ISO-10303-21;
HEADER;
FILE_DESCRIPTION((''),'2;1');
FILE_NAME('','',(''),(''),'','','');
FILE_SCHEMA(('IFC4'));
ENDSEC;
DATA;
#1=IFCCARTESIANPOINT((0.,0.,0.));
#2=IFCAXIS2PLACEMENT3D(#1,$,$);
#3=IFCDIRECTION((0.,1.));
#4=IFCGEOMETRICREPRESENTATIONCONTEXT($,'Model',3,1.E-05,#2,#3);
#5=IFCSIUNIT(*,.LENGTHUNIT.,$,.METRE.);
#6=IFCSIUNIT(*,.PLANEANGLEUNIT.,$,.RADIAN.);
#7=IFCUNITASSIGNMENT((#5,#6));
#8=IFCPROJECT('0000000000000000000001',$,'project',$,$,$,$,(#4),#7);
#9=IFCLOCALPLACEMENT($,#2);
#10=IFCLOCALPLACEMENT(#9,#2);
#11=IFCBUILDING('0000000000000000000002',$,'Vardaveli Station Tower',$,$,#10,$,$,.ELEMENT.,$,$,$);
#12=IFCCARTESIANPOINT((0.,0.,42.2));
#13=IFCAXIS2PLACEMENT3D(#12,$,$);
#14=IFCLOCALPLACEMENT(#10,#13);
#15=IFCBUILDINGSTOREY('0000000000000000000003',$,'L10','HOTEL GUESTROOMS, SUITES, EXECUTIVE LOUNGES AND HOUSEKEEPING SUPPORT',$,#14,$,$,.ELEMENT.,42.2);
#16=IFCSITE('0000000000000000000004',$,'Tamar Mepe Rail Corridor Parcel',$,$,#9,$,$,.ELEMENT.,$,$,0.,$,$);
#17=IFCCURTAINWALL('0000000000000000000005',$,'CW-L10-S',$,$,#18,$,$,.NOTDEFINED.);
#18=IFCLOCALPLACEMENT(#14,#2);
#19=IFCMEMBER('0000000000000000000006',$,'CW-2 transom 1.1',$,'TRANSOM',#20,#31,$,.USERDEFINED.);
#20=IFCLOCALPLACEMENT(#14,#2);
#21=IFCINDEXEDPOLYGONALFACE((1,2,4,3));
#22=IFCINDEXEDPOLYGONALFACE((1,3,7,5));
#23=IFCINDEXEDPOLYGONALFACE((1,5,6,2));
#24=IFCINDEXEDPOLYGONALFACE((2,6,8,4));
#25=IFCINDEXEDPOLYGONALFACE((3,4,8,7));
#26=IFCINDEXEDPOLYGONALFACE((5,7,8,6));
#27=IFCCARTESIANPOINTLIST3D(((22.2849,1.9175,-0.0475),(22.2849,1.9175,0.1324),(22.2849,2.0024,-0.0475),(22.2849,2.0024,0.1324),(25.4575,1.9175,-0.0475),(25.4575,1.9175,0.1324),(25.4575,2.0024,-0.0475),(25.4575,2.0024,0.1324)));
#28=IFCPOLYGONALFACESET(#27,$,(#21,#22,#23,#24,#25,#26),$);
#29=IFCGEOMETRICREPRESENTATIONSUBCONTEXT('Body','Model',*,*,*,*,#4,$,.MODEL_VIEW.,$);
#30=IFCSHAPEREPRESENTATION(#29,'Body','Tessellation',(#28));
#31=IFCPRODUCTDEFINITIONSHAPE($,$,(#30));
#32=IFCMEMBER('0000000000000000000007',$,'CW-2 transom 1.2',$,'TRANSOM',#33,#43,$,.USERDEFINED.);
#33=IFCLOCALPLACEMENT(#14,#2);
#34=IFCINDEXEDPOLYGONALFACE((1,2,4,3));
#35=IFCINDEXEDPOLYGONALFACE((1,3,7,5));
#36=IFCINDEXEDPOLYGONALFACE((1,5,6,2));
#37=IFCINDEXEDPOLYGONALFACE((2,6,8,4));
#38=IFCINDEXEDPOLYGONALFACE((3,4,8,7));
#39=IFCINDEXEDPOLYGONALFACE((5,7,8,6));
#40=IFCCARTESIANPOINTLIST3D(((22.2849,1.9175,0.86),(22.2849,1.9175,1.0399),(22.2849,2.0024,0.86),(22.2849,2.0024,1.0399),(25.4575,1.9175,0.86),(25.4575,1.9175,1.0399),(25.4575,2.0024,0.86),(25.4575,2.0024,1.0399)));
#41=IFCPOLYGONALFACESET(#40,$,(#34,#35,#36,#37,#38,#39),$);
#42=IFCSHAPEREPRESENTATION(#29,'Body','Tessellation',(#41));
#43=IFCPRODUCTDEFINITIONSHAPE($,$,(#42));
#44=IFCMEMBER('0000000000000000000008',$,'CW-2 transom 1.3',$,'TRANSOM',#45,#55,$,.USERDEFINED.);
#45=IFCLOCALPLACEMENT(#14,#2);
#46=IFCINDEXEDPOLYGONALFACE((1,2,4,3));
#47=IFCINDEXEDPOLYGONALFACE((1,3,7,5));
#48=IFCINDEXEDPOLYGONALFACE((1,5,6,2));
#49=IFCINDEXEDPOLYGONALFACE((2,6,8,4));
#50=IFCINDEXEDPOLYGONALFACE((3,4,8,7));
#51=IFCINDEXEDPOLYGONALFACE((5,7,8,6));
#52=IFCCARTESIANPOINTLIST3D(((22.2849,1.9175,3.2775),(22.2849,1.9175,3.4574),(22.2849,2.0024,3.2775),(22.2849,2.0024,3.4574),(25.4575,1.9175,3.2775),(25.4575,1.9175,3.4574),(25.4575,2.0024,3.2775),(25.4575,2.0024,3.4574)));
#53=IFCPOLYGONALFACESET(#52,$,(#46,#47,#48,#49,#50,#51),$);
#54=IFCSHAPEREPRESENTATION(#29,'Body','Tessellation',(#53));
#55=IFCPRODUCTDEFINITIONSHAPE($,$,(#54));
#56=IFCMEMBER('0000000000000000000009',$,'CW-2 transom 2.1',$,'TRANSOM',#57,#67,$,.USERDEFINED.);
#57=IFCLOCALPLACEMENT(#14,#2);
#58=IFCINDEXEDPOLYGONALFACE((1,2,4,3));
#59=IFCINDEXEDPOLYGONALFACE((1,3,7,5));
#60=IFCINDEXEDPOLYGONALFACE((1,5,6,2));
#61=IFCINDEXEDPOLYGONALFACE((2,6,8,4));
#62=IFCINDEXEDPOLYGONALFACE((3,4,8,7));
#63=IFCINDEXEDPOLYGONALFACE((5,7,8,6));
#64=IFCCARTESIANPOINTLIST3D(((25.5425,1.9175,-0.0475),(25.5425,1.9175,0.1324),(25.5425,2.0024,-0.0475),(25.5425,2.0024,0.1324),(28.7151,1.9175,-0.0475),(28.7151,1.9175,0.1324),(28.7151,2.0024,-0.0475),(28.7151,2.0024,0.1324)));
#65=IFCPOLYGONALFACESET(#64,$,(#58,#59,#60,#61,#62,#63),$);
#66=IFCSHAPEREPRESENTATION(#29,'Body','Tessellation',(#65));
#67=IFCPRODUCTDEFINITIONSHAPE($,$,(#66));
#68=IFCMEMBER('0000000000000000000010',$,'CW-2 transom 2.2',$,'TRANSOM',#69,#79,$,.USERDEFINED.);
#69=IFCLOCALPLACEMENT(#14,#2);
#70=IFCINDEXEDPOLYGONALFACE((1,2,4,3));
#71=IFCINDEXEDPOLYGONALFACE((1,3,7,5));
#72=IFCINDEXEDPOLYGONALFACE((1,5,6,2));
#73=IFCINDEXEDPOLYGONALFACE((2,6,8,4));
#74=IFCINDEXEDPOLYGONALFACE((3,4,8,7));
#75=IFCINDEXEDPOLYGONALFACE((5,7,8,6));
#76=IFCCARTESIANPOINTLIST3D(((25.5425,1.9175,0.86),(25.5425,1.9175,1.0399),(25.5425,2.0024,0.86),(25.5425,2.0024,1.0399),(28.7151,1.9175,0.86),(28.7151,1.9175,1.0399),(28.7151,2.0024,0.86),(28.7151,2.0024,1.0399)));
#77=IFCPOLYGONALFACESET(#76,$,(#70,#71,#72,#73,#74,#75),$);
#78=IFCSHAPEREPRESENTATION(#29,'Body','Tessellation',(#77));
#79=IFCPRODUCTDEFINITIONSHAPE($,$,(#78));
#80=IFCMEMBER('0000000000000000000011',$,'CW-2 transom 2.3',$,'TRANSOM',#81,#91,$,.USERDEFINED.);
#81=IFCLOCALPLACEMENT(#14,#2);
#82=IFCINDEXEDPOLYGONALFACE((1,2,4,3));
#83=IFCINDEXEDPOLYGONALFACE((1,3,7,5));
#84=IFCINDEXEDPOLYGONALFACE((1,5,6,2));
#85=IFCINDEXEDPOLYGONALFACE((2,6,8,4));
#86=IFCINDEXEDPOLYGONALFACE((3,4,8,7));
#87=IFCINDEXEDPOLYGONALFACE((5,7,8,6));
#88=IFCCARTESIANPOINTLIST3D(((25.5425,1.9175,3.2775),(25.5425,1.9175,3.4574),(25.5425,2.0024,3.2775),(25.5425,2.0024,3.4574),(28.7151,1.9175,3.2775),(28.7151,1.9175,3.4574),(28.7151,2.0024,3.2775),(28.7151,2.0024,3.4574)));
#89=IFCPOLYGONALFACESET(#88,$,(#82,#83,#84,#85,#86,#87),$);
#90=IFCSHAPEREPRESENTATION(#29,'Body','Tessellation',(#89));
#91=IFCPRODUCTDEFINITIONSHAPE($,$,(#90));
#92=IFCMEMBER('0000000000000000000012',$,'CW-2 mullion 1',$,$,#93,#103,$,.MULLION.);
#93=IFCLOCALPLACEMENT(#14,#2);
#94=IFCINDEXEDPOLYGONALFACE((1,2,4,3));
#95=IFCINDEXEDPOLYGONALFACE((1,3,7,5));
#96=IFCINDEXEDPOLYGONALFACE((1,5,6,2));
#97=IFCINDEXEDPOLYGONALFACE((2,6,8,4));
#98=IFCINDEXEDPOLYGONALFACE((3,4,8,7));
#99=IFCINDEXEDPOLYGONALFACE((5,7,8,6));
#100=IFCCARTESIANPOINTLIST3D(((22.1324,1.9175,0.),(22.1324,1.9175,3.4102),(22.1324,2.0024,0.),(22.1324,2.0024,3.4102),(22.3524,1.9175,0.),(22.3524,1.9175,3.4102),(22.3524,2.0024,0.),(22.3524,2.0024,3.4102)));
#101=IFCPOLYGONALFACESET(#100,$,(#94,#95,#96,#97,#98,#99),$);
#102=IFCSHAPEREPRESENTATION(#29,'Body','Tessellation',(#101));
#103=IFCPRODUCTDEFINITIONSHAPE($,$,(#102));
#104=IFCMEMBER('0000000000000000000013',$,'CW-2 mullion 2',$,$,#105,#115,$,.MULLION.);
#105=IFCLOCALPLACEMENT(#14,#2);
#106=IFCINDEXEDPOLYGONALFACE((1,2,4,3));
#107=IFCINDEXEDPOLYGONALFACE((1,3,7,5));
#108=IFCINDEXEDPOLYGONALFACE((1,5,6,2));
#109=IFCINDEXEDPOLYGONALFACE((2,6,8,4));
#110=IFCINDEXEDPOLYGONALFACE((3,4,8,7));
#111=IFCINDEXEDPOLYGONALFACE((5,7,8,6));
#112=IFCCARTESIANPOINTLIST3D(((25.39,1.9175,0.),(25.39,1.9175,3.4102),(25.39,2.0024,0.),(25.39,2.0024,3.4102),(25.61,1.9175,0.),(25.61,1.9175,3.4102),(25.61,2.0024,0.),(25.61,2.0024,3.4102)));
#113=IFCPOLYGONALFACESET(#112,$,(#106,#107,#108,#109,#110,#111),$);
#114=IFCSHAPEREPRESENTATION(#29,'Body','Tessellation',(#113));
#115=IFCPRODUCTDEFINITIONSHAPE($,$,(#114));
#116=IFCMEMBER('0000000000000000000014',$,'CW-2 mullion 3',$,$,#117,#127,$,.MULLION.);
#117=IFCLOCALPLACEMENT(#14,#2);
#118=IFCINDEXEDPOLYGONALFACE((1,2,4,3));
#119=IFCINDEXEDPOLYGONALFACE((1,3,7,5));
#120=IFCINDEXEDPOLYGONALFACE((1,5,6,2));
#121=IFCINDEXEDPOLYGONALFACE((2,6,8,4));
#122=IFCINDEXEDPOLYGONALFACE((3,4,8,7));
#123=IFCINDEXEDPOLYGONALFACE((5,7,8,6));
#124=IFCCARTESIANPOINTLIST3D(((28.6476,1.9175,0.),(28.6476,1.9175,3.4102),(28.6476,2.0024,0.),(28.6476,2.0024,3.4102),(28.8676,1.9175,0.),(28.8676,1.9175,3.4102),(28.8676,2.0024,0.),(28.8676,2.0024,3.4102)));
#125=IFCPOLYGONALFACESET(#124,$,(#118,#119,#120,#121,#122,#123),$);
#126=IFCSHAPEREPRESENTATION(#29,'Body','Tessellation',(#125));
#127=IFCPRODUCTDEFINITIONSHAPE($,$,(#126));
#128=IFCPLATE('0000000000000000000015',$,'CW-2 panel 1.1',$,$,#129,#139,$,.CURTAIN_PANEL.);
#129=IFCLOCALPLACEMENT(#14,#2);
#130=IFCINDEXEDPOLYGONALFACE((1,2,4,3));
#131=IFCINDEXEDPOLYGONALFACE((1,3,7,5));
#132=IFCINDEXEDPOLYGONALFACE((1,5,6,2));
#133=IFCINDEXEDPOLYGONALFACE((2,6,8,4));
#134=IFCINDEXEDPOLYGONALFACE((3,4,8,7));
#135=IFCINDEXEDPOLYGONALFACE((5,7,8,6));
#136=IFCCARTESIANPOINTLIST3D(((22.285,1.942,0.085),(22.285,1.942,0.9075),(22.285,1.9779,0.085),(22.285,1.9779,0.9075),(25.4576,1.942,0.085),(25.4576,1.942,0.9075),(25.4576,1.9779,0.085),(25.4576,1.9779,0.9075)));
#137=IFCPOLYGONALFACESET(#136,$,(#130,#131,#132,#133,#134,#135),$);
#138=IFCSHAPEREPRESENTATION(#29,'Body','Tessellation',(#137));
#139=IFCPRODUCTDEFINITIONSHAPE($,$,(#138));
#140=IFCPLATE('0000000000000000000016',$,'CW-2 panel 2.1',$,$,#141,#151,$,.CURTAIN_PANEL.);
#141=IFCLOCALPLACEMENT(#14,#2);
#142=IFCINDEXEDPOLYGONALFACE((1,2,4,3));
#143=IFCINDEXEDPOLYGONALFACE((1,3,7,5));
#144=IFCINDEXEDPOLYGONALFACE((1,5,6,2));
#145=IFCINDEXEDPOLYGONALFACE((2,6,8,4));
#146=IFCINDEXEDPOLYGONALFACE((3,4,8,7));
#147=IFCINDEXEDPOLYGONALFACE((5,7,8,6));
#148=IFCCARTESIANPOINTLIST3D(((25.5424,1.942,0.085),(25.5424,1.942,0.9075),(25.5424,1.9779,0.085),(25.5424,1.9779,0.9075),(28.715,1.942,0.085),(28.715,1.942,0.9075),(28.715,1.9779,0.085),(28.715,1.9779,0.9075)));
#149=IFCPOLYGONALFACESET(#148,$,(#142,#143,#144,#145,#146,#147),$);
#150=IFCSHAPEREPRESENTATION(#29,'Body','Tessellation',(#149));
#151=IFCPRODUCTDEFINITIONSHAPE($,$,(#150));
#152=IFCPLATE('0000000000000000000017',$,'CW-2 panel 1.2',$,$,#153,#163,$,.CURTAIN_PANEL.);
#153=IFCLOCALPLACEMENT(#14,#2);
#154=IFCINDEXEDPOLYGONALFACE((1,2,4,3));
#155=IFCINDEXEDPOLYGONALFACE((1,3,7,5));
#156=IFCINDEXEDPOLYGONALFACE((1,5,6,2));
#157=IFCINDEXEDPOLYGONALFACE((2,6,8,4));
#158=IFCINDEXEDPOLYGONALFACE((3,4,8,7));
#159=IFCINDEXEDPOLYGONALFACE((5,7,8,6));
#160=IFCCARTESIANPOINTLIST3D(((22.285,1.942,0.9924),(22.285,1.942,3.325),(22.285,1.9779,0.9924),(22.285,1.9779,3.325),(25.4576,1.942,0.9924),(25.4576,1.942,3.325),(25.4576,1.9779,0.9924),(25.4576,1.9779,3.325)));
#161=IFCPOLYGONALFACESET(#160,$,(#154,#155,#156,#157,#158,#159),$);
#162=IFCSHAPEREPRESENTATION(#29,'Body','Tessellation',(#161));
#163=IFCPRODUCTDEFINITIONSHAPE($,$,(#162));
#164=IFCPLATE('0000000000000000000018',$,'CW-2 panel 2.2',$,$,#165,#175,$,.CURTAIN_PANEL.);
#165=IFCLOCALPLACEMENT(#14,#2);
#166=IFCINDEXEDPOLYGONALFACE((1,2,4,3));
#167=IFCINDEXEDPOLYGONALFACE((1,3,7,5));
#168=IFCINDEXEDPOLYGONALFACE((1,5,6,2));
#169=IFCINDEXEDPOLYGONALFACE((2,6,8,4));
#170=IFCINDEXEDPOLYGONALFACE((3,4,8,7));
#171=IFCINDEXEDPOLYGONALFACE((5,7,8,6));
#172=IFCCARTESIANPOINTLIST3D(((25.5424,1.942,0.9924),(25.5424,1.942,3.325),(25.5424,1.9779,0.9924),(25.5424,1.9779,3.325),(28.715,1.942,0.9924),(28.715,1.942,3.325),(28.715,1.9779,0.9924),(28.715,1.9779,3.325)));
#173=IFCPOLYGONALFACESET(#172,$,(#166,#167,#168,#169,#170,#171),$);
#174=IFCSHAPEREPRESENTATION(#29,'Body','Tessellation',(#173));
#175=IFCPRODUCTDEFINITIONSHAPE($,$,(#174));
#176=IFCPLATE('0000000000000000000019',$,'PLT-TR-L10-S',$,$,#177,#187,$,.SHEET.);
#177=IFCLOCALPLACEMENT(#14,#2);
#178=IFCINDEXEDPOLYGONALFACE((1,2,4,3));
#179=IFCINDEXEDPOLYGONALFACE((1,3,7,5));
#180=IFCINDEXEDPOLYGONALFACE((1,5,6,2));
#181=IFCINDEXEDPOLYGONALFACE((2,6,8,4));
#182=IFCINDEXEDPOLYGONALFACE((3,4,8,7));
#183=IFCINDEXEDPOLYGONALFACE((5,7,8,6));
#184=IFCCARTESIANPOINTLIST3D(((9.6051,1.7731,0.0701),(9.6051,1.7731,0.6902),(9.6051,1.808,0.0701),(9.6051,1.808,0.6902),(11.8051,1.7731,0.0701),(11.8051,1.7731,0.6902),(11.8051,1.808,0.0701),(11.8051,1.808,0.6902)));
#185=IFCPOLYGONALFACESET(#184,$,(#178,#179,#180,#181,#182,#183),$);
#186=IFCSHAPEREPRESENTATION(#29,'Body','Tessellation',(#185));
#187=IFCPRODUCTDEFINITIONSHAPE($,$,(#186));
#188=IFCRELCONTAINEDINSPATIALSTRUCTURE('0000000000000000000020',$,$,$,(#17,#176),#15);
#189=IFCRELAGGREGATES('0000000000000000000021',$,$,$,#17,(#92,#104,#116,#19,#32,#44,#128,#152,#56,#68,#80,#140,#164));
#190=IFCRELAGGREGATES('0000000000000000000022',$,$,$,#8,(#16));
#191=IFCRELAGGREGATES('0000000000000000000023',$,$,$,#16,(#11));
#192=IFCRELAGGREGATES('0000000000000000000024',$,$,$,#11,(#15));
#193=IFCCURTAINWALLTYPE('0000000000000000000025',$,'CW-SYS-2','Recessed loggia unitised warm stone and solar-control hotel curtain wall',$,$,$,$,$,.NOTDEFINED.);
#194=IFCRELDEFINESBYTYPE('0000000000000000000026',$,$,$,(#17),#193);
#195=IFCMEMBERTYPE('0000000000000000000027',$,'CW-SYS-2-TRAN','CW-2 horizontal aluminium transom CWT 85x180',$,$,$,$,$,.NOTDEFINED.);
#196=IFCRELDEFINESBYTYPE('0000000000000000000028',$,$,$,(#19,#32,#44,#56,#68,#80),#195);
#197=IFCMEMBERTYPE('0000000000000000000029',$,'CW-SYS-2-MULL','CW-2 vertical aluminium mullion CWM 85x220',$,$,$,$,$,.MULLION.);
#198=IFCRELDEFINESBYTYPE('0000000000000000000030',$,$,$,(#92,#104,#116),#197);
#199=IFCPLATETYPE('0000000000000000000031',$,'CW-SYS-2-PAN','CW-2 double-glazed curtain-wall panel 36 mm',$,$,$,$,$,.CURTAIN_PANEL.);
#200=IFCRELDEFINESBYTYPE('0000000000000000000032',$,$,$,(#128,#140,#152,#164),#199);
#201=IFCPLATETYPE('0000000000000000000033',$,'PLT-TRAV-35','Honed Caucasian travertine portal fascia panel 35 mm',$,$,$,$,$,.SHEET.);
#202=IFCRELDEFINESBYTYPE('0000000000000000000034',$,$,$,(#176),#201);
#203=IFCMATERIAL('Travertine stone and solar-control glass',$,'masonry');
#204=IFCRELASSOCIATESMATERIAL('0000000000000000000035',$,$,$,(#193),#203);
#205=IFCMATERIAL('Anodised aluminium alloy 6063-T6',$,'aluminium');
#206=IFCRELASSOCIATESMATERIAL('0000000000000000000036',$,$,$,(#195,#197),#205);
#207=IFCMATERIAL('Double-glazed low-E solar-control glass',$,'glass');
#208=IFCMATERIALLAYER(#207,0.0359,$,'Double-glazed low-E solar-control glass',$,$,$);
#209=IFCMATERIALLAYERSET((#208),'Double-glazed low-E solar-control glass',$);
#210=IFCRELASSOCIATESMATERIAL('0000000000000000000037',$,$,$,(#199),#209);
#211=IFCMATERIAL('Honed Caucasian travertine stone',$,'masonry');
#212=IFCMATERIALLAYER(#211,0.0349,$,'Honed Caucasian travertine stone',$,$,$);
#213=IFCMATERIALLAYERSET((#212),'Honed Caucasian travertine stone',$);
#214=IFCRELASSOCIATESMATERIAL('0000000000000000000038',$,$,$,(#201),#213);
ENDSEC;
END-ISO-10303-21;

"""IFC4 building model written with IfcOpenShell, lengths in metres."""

from ifc_helpers import new_model, si_unit, direction, frame, origin, origin_2d, place, context, subcontext, project, spatial, rectangle, extrude, source, transform, mapped, material, layer, layer_set, material_profile, profile_set, type_object, element, aggregate, save


model = new_model("IFC4")

# Units and contexts
model_context = context("Model", 3, precision=1e-05, world=origin(), true_north=direction((0.0, 1.0)))
body_context = subcontext(model_context, "Body", "Model", "MODEL_VIEW")
ifc_project = project(units=[si_unit("LENGTHUNIT", "METRE"), si_unit("PLANEANGLEUNIT", "RADIAN")], contexts=[model_context])

# Site, building, storey
site_placement = place(None, origin())
site = spatial("IfcSite", under=ifc_project, at=site_placement, Name="Tamar Mepe Rail Corridor Parcel", CompositionType="ELEMENT", RefElevation=0.0)
building_placement = place(site_placement, origin())
building = spatial("IfcBuilding", under=site, at=building_placement, Name="Vardaveli Station Tower", CompositionType="ELEMENT")
storey_placement = place(building_placement, frame((0.0, 0.0, 42.2)))
storey = spatial("IfcBuildingStorey", under=building, at=storey_placement, Name="L10", Description="HOTEL GUESTROOMS, SUITES, EXECUTIVE LOUNGES AND HOUSEKEEPING SUPPORT", CompositionType="ELEMENT", Elevation=42.2)

# Curtain wall, members, plates
ifc_material_1 = material(Name="Travertine stone and solar-control glass", Category="masonry")
curtain_wall_type = type_object("IfcCurtainWallType", Name="CW-SYS-2", Description="Recessed loggia unitised warm stone and solar-control hotel curtain wall", PredefinedType="NOTDEFINED", material=ifc_material_1)
curtain_wall_placement = place(storey_placement, origin())
curtain_wall = element("IfcCurtainWall", 1, at=curtain_wall_placement, inside=storey, type_object=curtain_wall_type, Name="CW-L10-S", PredefinedType="NOTDEFINED")
ifc_material_2 = material(Name="Anodised aluminium alloy 6063-T6", Category="aluminium")
ifc_material_profile_1 = material_profile(ifc_material_2, rectangle(XDim=0.085, YDim=0.1799, at=origin_2d()), Name="CWT 85x180")
ifc_profile_set_1 = profile_set([ifc_material_profile_1], Name="Anodised aluminium alloy 6063-T6")
member_type_1 = type_object("IfcMemberType", Name="CW-SYS-2-TRAN", Description="CW-2 horizontal aluminium transom CWT 85x180", PredefinedType="NOTDEFINED", material=ifc_profile_set_1)
shared_shape_1 = source(origin(), body_context, "Body", "SweptSolid", [
    extrude(rectangle(XDim=0.085, YDim=0.1799, at=origin_2d()), origin(), (0.0, 0.0, 1.0), 3.1726),
])
member_1_placement = place(storey_placement, frame((22.2849, 1.96, 0.0425), z_axis=(1.0, 0.0, 0.0), x_axis=(0.0, 1.0, 0.0)))
member_1 = element("IfcMember", 2, at=member_1_placement, type_object=member_type_1, Name="CW-2 transom 1.1", ObjectType="TRANSOM", PredefinedType="USERDEFINED", context=body_context, shape_type="MappedRepresentation", body=[
    mapped(shared_shape_1, transform((0.0, 0.0, 0.0), scale=1.0)),
])
member_2_placement = place(storey_placement, frame((22.2849, 1.96, 0.95), z_axis=(1.0, 0.0, 0.0), x_axis=(0.0, 1.0, 0.0)))
member_2 = element("IfcMember", 3, at=member_2_placement, type_object=member_type_1, Name="CW-2 transom 1.2", ObjectType="TRANSOM", PredefinedType="USERDEFINED", context=body_context, shape_type="MappedRepresentation", body=[
    mapped(shared_shape_1, transform((0.0, 0.0, 0.0), scale=1.0)),
])
member_3_placement = place(storey_placement, frame((22.2849, 1.96, 3.3674), z_axis=(1.0, 0.0, 0.0), x_axis=(0.0, 1.0, 0.0)))
member_3 = element("IfcMember", 4, at=member_3_placement, type_object=member_type_1, Name="CW-2 transom 1.3", ObjectType="TRANSOM", PredefinedType="USERDEFINED", context=body_context, shape_type="MappedRepresentation", body=[
    mapped(shared_shape_1, transform((0.0, 0.0, 0.0), scale=1.0)),
])
member_4_placement = place(storey_placement, frame((25.5425, 1.96, 0.0425), z_axis=(1.0, 0.0, 0.0), x_axis=(0.0, 1.0, 0.0)))
member_4 = element("IfcMember", 5, at=member_4_placement, type_object=member_type_1, Name="CW-2 transom 2.1", ObjectType="TRANSOM", PredefinedType="USERDEFINED", context=body_context, shape_type="MappedRepresentation", body=[
    mapped(shared_shape_1, transform((0.0, 0.0, 0.0), scale=1.0)),
])
member_5_placement = place(storey_placement, frame((25.5425, 1.96, 0.95), z_axis=(1.0, 0.0, 0.0), x_axis=(0.0, 1.0, 0.0)))
member_5 = element("IfcMember", 6, at=member_5_placement, type_object=member_type_1, Name="CW-2 transom 2.2", ObjectType="TRANSOM", PredefinedType="USERDEFINED", context=body_context, shape_type="MappedRepresentation", body=[
    mapped(shared_shape_1, transform((0.0, 0.0, 0.0), scale=1.0)),
])
member_6_placement = place(storey_placement, frame((25.5425, 1.96, 3.3674), z_axis=(1.0, 0.0, 0.0), x_axis=(0.0, 1.0, 0.0)))
member_6 = element("IfcMember", 7, at=member_6_placement, type_object=member_type_1, Name="CW-2 transom 2.3", ObjectType="TRANSOM", PredefinedType="USERDEFINED", context=body_context, shape_type="MappedRepresentation", body=[
    mapped(shared_shape_1, transform((0.0, 0.0, 0.0), scale=1.0)),
])
ifc_material_profile_2 = material_profile(ifc_material_2, rectangle(XDim=0.085, YDim=0.22, at=origin_2d()), Name="CWM 85x220")
ifc_profile_set_2 = profile_set([ifc_material_profile_2], Name="Anodised aluminium alloy 6063-T6")
member_type_2 = type_object("IfcMemberType", Name="CW-SYS-2-MULL", Description="CW-2 vertical aluminium mullion CWM 85x220", PredefinedType="MULLION", material=ifc_profile_set_2)
shared_shape_2 = source(origin(), body_context, "Body", "SweptSolid", [
    extrude(rectangle(XDim=0.085, YDim=0.22, at=origin_2d()), origin(), (0.0, 0.0, 1.0), 3.4102),
])
member_7_placement = place(storey_placement, frame((22.2424, 1.96, 0.0), z_axis=(0.0, 0.0, 1.0), x_axis=(0.0, 1.0, 0.0)))
member_7 = element("IfcMember", 8, at=member_7_placement, type_object=member_type_2, Name="CW-2 mullion 1", PredefinedType="MULLION", context=body_context, shape_type="MappedRepresentation", body=[
    mapped(shared_shape_2, transform((0.0, 0.0, 0.0), scale=1.0)),
])
member_8_placement = place(storey_placement, frame((25.5, 1.96, 0.0), z_axis=(0.0, 0.0, 1.0), x_axis=(0.0, 1.0, 0.0)))
member_8 = element("IfcMember", 9, at=member_8_placement, type_object=member_type_2, Name="CW-2 mullion 2", PredefinedType="MULLION", context=body_context, shape_type="MappedRepresentation", body=[
    mapped(shared_shape_2, transform((0.0, 0.0, 0.0), scale=1.0)),
])
member_9_placement = place(storey_placement, frame((28.7576, 1.96, 0.0), z_axis=(0.0, 0.0, 1.0), x_axis=(0.0, 1.0, 0.0)))
member_9 = element("IfcMember", 10, at=member_9_placement, type_object=member_type_2, Name="CW-2 mullion 3", PredefinedType="MULLION", context=body_context, shape_type="MappedRepresentation", body=[
    mapped(shared_shape_2, transform((0.0, 0.0, 0.0), scale=1.0)),
])
ifc_material_3 = material(Name="Double-glazed low-E solar-control glass", Category="glass")
ifc_layer_1 = layer(ifc_material_3, 0.0359, Name="Double-glazed low-E solar-control glass")
ifc_layer_set_1 = layer_set([ifc_layer_1], Name="Double-glazed low-E solar-control glass")
plate_type_1 = type_object("IfcPlateType", Name="CW-SYS-2-PAN", Description="CW-2 double-glazed curtain-wall panel 36 mm", PredefinedType="CURTAIN_PANEL", material=ifc_layer_set_1)
shared_shape_3 = source(origin(), body_context, "Body", "SweptSolid", [
    extrude(rectangle(XDim=3.1726, YDim=0.0359, at=origin_2d()), origin(), (0.0, 0.0, 1.0), 0.8225),
])
plate_1_placement = place(storey_placement, frame((23.8713, 1.96, 0.085), z_axis=(0.0, 0.0, 1.0), x_axis=(1.0, 0.0, 0.0)))
plate_1 = element("IfcPlate", 11, at=plate_1_placement, type_object=plate_type_1, Name="CW-2 panel 1.1", PredefinedType="CURTAIN_PANEL", context=body_context, shape_type="MappedRepresentation", body=[
    mapped(shared_shape_3, transform((0.0, 0.0, 0.0), scale=1.0)),
])
plate_2_placement = place(storey_placement, frame((27.1287, 1.96, 0.085), z_axis=(0.0, 0.0, 1.0), x_axis=(1.0, 0.0, 0.0)))
plate_2 = element("IfcPlate", 12, at=plate_2_placement, type_object=plate_type_1, Name="CW-2 panel 2.1", PredefinedType="CURTAIN_PANEL", context=body_context, shape_type="MappedRepresentation", body=[
    mapped(shared_shape_3, transform((0.0, 0.0, 0.0), scale=1.0)),
])
shared_shape_4 = source(origin(), body_context, "Body", "SweptSolid", [
    extrude(rectangle(XDim=3.1726, YDim=0.0359, at=origin_2d()), origin(), (0.0, 0.0, 1.0), 2.3325),
])
plate_3_placement = place(storey_placement, frame((23.8713, 1.96, 0.9924), z_axis=(0.0, 0.0, 1.0), x_axis=(1.0, 0.0, 0.0)))
plate_3 = element("IfcPlate", 13, at=plate_3_placement, type_object=plate_type_1, Name="CW-2 panel 1.2", PredefinedType="CURTAIN_PANEL", context=body_context, shape_type="MappedRepresentation", body=[
    mapped(shared_shape_4, transform((0.0, 0.0, 0.0), scale=1.0)),
])
plate_4_placement = place(storey_placement, frame((27.1287, 1.96, 0.9924), z_axis=(0.0, 0.0, 1.0), x_axis=(1.0, 0.0, 0.0)))
plate_4 = element("IfcPlate", 14, at=plate_4_placement, type_object=plate_type_1, Name="CW-2 panel 2.2", PredefinedType="CURTAIN_PANEL", context=body_context, shape_type="MappedRepresentation", body=[
    mapped(shared_shape_4, transform((0.0, 0.0, 0.0), scale=1.0)),
])
aggregate(curtain_wall, [member_7, member_8, member_9, member_1, member_2, member_3, plate_1, plate_3, member_4, member_5, member_6, plate_2, plate_4])

# Plate
ifc_material_4 = material(Name="Honed Caucasian travertine stone", Category="masonry")
ifc_layer_2 = layer(ifc_material_4, 0.0349, Name="Honed Caucasian travertine stone")
ifc_layer_set_2 = layer_set([ifc_layer_2], Name="Honed Caucasian travertine stone")
plate_type_2 = type_object("IfcPlateType", Name="PLT-TRAV-35", Description="Honed Caucasian travertine portal fascia panel 35 mm", PredefinedType="SHEET", material=ifc_layer_set_2)
shared_shape_5 = source(origin(), body_context, "Body", "SweptSolid", [
    extrude(rectangle(XDim=2.2, YDim=0.0349, at=origin_2d()), origin(), (0.0, 0.0, 1.0), 0.6201),
])
plate_5_placement = place(storey_placement, frame((10.7051, 1.7905, 0.0701), z_axis=(0.0, 0.0, 1.0), x_axis=(1.0, 0.0, 0.0)))
element("IfcPlate", 15, at=plate_5_placement, inside=storey, type_object=plate_type_2, Name="PLT-TR-L10-S", PredefinedType="SHEET", context=body_context, shape_type="MappedRepresentation", body=[
    mapped(shared_shape_5, transform((0.0, 0.0, 0.0), scale=1.0)),
])

save(model, "model.ifc")
